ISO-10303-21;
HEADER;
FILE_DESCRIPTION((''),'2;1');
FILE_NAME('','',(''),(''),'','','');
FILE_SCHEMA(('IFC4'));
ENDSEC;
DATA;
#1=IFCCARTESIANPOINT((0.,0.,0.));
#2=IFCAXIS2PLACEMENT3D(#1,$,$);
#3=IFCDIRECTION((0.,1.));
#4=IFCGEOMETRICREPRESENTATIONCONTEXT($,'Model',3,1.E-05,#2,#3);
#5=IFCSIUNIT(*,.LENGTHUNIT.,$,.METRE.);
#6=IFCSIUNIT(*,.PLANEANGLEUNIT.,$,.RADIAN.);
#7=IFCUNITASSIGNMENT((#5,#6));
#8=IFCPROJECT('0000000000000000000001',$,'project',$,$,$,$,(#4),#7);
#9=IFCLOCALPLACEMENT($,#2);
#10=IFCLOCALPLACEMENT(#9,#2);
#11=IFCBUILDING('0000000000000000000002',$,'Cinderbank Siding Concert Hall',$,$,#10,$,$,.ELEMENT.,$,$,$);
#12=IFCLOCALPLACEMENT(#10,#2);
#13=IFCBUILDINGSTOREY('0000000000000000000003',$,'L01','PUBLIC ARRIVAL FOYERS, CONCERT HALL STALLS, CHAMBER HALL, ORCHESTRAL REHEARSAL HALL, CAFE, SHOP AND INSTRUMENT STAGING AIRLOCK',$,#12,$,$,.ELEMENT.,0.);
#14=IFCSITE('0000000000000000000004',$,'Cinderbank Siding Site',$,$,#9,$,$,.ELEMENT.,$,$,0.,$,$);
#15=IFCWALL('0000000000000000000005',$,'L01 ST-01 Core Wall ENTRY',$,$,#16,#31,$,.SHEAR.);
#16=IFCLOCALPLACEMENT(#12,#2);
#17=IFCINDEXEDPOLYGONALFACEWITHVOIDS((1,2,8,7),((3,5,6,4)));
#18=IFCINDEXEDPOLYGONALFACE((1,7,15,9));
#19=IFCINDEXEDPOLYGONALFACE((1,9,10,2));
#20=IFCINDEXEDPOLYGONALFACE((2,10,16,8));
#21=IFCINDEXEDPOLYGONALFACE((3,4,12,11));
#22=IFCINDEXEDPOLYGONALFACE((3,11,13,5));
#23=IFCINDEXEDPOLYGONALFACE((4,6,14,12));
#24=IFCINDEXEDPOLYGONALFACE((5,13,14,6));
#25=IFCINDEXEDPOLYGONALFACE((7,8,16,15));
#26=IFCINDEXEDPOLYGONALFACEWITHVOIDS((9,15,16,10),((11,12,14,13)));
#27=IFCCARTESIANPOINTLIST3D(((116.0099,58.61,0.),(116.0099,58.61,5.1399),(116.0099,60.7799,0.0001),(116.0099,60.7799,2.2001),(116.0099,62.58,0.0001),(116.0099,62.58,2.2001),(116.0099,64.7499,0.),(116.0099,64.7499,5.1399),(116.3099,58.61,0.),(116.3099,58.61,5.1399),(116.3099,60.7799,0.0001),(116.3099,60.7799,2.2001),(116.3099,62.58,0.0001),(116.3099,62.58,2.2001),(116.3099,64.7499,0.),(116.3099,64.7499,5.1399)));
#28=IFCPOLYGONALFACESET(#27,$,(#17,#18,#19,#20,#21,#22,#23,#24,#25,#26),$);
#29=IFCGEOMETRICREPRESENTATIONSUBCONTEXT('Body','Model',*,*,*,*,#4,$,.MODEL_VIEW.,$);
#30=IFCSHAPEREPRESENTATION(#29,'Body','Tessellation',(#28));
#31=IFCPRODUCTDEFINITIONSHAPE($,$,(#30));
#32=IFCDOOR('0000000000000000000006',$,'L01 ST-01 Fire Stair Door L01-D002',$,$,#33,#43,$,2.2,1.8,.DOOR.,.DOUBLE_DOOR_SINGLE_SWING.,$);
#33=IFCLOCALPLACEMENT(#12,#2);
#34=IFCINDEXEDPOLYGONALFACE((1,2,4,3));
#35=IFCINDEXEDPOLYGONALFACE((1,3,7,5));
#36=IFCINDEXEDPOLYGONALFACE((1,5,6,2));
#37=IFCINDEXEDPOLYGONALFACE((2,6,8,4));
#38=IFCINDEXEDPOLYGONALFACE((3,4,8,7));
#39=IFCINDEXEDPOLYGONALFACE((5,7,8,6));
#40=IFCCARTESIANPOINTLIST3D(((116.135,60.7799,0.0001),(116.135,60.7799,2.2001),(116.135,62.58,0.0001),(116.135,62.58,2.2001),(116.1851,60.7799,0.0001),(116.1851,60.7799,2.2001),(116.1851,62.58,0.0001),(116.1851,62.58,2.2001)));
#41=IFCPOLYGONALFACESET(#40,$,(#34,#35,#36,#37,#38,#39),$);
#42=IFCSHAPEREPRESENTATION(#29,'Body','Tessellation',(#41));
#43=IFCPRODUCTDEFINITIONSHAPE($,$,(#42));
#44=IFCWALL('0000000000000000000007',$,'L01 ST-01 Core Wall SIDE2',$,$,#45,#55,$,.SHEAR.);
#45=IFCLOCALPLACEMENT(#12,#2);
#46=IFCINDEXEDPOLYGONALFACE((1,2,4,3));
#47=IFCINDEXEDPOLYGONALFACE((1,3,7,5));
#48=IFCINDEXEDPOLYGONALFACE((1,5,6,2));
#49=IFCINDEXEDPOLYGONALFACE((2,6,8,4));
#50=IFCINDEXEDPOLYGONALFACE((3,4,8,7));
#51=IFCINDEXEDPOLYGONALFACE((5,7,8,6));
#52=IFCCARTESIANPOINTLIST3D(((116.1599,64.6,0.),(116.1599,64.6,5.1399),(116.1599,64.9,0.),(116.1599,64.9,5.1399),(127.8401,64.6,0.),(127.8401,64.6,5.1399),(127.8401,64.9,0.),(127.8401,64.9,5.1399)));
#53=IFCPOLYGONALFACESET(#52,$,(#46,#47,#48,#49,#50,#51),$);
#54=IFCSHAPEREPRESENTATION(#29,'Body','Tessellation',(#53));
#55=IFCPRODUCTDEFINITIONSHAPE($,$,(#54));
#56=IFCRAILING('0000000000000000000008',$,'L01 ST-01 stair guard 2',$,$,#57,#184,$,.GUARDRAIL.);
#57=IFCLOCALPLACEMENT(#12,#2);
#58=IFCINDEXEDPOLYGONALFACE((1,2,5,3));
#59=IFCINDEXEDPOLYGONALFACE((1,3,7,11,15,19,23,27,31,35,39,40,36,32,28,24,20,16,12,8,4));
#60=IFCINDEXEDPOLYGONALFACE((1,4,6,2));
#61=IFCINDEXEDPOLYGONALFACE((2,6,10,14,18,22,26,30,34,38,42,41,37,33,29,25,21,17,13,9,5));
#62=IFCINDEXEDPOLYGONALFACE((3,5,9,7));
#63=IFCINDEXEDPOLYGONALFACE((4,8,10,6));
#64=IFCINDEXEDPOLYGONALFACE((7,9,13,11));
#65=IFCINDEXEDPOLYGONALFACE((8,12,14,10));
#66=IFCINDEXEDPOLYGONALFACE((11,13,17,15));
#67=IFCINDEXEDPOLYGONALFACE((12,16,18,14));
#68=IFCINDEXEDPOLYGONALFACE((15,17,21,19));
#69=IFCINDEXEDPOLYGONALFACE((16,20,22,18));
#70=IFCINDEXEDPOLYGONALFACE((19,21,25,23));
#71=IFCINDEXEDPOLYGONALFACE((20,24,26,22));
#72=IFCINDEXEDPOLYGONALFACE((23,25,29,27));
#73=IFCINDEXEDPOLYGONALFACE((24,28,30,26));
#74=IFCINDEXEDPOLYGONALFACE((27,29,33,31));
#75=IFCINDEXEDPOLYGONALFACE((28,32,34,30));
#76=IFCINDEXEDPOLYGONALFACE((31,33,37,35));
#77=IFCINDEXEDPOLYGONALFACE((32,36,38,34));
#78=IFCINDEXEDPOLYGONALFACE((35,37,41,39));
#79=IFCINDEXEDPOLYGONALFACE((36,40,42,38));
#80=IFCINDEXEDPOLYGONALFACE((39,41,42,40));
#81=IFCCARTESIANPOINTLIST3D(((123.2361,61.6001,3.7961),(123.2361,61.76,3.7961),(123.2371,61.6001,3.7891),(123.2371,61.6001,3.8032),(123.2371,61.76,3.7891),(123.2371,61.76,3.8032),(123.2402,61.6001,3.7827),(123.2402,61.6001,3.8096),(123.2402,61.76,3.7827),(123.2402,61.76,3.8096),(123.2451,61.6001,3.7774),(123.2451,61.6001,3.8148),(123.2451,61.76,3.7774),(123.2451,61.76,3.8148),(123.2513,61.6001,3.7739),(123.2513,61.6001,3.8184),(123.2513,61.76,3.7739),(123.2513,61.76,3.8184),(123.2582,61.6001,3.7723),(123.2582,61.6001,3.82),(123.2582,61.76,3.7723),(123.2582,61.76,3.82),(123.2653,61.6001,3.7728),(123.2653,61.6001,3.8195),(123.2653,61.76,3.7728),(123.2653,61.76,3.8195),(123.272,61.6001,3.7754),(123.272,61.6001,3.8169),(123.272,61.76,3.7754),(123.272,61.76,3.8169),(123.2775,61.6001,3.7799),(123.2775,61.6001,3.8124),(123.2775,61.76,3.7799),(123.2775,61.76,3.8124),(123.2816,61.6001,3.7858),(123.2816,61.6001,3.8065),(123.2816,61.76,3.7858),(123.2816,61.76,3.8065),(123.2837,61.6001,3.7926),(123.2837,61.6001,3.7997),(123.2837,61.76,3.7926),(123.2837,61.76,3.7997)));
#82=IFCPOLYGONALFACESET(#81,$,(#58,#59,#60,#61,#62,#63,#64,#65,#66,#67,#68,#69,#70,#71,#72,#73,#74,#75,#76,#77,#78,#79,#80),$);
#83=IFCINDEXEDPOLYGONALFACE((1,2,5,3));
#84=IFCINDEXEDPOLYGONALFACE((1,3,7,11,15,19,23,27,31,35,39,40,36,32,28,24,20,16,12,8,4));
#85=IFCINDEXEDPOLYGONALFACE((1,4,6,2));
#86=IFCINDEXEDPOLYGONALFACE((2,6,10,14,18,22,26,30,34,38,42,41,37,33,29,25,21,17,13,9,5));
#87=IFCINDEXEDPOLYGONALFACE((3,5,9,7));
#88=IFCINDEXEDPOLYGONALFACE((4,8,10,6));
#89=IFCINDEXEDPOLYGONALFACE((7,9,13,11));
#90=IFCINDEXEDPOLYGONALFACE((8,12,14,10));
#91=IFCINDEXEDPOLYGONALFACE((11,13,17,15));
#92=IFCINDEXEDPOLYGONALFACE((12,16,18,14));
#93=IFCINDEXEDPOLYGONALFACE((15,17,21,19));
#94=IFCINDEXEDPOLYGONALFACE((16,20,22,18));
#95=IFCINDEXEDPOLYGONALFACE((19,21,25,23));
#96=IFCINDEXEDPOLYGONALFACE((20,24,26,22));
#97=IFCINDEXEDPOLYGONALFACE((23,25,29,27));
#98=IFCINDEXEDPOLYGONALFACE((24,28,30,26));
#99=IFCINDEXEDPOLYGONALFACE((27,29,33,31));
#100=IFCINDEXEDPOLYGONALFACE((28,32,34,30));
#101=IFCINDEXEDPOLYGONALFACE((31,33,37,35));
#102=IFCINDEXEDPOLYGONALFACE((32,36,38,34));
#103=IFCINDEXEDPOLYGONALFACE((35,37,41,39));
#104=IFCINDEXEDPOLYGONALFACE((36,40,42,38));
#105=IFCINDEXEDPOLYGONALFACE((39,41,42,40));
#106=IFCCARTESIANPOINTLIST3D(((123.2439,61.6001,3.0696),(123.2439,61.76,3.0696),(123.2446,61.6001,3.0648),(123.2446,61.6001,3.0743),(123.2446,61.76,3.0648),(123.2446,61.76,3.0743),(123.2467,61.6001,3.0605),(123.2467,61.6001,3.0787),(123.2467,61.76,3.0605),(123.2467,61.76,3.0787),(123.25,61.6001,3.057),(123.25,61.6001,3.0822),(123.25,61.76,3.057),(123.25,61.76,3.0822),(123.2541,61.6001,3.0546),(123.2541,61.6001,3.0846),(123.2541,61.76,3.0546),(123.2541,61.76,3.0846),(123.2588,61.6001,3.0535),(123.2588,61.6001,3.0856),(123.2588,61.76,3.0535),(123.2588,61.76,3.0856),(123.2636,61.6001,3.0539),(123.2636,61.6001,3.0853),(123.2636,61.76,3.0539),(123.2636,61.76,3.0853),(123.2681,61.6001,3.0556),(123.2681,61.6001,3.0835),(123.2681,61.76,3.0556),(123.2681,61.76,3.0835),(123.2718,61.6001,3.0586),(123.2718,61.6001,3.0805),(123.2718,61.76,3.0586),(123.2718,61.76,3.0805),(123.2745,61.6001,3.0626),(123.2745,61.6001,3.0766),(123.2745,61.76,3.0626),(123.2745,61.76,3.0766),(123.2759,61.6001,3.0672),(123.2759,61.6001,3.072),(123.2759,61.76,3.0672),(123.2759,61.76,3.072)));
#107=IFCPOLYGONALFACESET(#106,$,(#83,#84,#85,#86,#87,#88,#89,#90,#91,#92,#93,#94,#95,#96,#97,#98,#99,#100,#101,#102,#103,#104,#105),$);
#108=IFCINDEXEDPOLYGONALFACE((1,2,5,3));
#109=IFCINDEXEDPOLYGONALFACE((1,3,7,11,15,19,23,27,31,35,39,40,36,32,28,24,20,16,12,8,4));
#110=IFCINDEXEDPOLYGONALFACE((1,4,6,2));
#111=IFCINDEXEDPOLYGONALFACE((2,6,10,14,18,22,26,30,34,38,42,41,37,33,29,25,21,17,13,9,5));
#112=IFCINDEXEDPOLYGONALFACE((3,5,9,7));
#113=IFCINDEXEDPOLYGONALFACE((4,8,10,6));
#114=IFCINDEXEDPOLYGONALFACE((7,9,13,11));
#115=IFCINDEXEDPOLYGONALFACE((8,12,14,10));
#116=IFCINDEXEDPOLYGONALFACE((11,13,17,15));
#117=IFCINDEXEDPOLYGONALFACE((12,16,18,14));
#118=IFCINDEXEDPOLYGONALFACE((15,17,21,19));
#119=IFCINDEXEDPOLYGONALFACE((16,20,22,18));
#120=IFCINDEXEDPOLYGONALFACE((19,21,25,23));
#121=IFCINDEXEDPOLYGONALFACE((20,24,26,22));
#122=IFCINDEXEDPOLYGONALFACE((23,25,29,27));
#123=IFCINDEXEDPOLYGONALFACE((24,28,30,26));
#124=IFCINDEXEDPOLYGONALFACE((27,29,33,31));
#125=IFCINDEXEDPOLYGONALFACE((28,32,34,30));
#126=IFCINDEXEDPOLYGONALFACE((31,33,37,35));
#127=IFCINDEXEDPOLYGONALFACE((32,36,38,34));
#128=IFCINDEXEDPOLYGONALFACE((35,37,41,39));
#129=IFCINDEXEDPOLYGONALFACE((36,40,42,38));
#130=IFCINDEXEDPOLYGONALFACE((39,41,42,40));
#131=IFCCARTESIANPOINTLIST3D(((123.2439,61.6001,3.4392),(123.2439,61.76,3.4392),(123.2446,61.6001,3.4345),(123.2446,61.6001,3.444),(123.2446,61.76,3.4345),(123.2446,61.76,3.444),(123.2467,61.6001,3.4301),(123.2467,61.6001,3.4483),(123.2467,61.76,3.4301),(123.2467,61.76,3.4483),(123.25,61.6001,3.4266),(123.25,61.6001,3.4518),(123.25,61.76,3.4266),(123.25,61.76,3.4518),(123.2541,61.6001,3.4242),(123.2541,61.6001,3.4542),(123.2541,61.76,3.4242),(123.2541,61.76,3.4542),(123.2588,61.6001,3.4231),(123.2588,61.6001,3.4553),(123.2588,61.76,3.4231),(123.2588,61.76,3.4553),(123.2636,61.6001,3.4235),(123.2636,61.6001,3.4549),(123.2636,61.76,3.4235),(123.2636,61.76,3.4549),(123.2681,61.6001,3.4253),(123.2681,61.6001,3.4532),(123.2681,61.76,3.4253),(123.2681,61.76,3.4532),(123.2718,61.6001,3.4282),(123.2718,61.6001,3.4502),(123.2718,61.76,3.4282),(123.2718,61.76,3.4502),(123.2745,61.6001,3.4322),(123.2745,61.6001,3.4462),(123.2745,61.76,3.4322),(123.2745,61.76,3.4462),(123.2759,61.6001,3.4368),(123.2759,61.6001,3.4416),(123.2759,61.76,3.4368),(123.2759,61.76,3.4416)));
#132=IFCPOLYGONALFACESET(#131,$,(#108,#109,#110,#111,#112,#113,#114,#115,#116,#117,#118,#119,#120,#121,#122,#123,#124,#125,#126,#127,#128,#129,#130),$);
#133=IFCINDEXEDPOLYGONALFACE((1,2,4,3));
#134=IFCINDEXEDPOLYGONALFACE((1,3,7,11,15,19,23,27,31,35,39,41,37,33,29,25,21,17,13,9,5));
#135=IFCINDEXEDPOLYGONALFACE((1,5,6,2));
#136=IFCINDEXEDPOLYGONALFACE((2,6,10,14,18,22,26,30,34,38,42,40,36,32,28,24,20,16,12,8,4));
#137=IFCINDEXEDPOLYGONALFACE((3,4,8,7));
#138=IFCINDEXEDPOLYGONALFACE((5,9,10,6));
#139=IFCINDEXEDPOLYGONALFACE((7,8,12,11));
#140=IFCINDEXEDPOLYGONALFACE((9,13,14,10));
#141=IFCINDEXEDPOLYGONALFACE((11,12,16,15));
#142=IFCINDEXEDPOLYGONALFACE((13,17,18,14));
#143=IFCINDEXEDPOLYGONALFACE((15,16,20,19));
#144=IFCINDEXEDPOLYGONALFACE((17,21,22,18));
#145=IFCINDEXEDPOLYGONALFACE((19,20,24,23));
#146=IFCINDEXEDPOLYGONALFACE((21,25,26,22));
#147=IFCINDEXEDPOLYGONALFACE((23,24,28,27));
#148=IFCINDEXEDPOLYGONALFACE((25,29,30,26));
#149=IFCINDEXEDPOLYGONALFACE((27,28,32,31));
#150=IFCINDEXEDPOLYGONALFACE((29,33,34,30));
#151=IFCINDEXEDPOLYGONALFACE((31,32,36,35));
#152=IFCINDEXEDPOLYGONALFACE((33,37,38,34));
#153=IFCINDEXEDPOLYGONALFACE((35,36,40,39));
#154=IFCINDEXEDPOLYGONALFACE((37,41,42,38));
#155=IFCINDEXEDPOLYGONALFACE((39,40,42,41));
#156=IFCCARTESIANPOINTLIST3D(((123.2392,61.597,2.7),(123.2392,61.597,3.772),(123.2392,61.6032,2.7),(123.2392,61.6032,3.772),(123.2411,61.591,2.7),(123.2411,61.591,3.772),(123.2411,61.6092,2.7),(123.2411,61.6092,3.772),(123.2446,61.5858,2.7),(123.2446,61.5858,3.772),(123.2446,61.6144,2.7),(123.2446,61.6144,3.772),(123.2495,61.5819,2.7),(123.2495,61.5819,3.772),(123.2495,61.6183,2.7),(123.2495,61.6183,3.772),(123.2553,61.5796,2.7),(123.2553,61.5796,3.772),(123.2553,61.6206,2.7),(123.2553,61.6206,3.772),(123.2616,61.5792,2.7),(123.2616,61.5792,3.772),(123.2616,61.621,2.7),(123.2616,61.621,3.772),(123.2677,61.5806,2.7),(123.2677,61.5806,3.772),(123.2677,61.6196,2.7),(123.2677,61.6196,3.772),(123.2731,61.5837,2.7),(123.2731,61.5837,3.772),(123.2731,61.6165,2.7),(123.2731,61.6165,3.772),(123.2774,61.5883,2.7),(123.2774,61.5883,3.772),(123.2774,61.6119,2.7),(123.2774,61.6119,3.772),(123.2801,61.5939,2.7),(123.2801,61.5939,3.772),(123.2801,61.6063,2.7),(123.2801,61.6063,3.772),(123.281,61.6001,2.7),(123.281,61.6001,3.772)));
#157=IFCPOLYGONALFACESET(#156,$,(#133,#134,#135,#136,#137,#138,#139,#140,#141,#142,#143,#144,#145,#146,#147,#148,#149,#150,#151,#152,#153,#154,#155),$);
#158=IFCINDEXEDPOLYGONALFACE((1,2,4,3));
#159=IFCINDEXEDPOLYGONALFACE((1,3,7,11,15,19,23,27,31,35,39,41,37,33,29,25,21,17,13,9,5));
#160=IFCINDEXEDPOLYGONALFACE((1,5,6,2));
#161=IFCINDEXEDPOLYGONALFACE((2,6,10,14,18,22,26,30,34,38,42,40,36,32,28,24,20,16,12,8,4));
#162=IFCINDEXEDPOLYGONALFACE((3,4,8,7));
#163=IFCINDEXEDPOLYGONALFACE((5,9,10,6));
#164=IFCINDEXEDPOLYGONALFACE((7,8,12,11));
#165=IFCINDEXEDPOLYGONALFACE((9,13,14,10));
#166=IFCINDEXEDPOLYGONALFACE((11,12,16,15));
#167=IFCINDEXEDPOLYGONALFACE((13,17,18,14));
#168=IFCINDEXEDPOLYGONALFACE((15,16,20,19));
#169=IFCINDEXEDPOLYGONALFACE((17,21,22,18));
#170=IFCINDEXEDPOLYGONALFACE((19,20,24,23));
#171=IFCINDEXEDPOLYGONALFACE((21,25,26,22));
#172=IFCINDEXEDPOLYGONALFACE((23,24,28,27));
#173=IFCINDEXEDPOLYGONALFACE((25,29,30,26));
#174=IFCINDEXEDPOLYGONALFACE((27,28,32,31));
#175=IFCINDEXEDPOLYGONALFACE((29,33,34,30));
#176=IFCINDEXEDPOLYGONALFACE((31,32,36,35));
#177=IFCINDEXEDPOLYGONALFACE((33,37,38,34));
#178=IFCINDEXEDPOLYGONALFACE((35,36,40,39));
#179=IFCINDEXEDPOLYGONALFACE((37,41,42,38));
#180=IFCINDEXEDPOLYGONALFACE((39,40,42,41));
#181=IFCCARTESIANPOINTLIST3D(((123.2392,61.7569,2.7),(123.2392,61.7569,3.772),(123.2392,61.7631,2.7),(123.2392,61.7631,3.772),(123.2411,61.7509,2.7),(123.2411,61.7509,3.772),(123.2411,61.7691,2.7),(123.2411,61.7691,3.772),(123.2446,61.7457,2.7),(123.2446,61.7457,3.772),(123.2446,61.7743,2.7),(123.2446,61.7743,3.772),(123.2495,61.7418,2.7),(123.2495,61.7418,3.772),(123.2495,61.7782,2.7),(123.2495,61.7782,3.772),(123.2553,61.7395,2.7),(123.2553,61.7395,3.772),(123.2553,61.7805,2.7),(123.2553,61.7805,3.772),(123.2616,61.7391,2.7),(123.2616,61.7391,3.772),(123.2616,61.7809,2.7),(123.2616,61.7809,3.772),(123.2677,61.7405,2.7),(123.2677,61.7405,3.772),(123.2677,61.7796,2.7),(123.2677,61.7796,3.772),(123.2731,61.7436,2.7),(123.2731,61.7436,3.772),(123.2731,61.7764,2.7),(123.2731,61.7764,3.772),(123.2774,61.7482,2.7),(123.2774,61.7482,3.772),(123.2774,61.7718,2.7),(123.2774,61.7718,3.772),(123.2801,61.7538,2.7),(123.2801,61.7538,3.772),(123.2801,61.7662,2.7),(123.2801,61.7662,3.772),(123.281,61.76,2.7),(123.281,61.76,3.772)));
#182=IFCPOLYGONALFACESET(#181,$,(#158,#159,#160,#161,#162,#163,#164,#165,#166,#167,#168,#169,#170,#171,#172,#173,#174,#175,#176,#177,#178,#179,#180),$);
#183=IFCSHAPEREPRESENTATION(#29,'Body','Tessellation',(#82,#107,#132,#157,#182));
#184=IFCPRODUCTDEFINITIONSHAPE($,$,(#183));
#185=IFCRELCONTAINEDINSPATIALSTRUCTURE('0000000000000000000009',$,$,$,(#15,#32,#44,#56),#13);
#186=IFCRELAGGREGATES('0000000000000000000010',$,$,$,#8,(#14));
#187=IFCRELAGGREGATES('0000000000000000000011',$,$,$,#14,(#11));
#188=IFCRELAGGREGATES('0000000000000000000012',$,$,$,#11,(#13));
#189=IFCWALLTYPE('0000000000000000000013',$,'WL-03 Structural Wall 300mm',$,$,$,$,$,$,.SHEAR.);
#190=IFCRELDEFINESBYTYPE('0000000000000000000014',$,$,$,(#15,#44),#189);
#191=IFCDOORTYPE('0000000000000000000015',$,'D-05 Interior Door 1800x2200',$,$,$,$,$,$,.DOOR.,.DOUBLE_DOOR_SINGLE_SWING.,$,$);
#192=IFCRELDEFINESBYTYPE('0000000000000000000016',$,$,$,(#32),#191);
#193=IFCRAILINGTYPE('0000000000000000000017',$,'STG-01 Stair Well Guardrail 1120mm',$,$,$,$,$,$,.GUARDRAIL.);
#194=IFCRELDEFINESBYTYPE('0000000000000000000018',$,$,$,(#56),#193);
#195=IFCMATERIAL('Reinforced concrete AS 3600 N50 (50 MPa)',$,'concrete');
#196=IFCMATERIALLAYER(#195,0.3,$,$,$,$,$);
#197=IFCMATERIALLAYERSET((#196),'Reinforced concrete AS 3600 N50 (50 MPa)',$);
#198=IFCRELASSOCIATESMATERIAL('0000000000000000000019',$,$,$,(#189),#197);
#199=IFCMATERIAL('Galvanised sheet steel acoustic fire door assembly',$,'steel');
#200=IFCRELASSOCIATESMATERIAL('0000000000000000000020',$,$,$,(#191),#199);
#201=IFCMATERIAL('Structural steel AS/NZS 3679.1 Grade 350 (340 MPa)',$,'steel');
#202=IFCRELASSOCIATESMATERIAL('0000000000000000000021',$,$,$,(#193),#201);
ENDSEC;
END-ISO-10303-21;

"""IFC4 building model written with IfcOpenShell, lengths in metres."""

from ifc_helpers import new_model, si_unit, direction, frame, frame_2d, origin, origin_2d, place, context, subcontext, project, spatial, rectangle, circle, extrude, material, layer, layer_set, type_object, element, fill, save


model = new_model("IFC4")

# Units and contexts
model_context = context("Model", 3, precision=1e-05, world=origin(), true_north=direction((0.0, 1.0)))
body_context = subcontext(model_context, "Body", "Model", "MODEL_VIEW")
ifc_project = project(units=[si_unit("LENGTHUNIT", "METRE"), si_unit("PLANEANGLEUNIT", "RADIAN")], contexts=[model_context])

# Site, building, storey
site_placement = place(None, origin())
site = spatial("IfcSite", under=ifc_project, at=site_placement, Name="Cinderbank Siding Site", CompositionType="ELEMENT", RefElevation=0.0)
building_placement = place(site_placement, origin())
building = spatial("IfcBuilding", under=site, at=building_placement, Name="Cinderbank Siding Concert Hall", CompositionType="ELEMENT")
storey_placement = place(building_placement, origin())
storey = spatial("IfcBuildingStorey", under=building, at=storey_placement, Name="L01", Description="PUBLIC ARRIVAL FOYERS, CONCERT HALL STALLS, CHAMBER HALL, ORCHESTRAL REHEARSAL HALL, CAFE, SHOP AND INSTRUMENT STAGING AIRLOCK", CompositionType="ELEMENT", Elevation=0.0)

# Shared definitions
ifc_material_1 = material(Name="Reinforced concrete AS 3600 N50 (50 MPa)", Category="concrete")

# Shared definitions
ifc_material_2 = material(Name="Structural steel AS/NZS 3679.1 Grade 350 (340 MPa)", Category="steel")

# Wall, opening, door
ifc_layer_1 = layer(ifc_material_1, 0.3)
ifc_layer_set_1 = layer_set([ifc_layer_1], Name="Reinforced concrete AS 3600 N50 (50 MPa)")
wall_type_1 = type_object("IfcWallType", Name="WL-03 Structural Wall 300mm", PredefinedType="SHEAR", material=ifc_layer_set_1)
wall_1_placement = place(storey_placement, frame((116.1599, 58.6101, 0.0), z_axis=(0.0, 0.0, 1.0), x_axis=(0.0, 1.0, 0.0)))
wall_1 = element("IfcWall", 1, at=wall_1_placement, inside=storey, type_object=wall_type_1, Name="L01 ST-01 Core Wall ENTRY", PredefinedType="SHEAR", context=body_context, shape_type="SweptSolid", body=[
    extrude(rectangle(XDim=6.1399, YDim=0.3, at=frame_2d((3.0698, 0.0))), origin(), (0.0, 0.0, 1.0), 5.1399),
])
opening_placement = place(wall_1_placement, frame((2.1699, 0.0, 0.0)))
opening = element("IfcOpeningElement", 2, at=opening_placement, cuts=wall_1, PredefinedType="OPENING", context=body_context, shape_type="SweptSolid", body=[
    extrude(rectangle(XDim=1.8, YDim=2.2, at=frame_2d((0.8999, 1.1001))), frame((0.0, 0.1621, 0.0), z_axis=(0.0, -1.0, 0.0), x_axis=(1.0, 0.0, 0.0)), (0.0, 0.0, 1.0), 0.324),
])
ifc_material_3 = material(Name="Galvanised sheet steel acoustic fire door assembly", Category="steel")
door_type = type_object("IfcDoorType", Name="D-05 Interior Door 1800x2200", OperationType="DOUBLE_DOOR_SINGLE_SWING", PredefinedType="DOOR", material=ifc_material_3)
door_placement = place(opening_placement, origin())
door = element("IfcDoor", 3, at=door_placement, inside=storey, type_object=door_type, Name="L01 ST-01 Fire Stair Door L01-D002", OperationType="DOUBLE_DOOR_SINGLE_SWING", OverallHeight=2.2, OverallWidth=1.8, PredefinedType="DOOR", context=body_context, shape_type="SweptSolid", body=[
    extrude(rectangle(XDim=1.8, YDim=2.2, at=frame_2d((0.8999, 1.1001))), frame((0.0, 0.0249, 0.0), z_axis=(0.0, -1.0, 0.0), x_axis=(1.0, 0.0, 0.0)), (0.0, 0.0, 1.0), 0.05),
])
fill(opening, door)

# Wall
wall_2_placement = place(storey_placement, frame((116.1599, 64.75, 0.0), z_axis=(0.0, 0.0, 1.0), x_axis=(1.0, 0.0, 0.0)))
element("IfcWall", 4, at=wall_2_placement, inside=storey, type_object=wall_type_1, Name="L01 ST-01 Core Wall SIDE2", PredefinedType="SHEAR", context=body_context, shape_type="SweptSolid", body=[
    extrude(rectangle(XDim=11.6802, YDim=0.3, at=frame_2d((5.8401, 0.0))), origin(), (0.0, 0.0, 1.0), 5.1399),
])

# Railing
railing_type_1 = type_object("IfcRailingType", Name="STG-01 Stair Well Guardrail 1120mm", PredefinedType="GUARDRAIL", material=ifc_material_2)
railing_1_placement = place(storey_placement, frame((123.26, 61.6001, 2.7)))
element("IfcRailing", 5, at=railing_1_placement, inside=storey, type_object=railing_type_1, Name="L01 ST-01 stair guard 2", PredefinedType="GUARDRAIL", context=body_context, shape_type="SweptSolid", body=[
    extrude(circle(Radius=0.0239, at=origin_2d()), frame((0.0, 0.0, 1.0962), z_axis=(0.0, 1.0, 0.0), x_axis=(-1.0, 0.0, 0.0)), (0.0, 0.0, 1.0), 0.1599),
    extrude(circle(Radius=0.0161, at=origin_2d()), frame((0.0, 0.0, 0.3696), z_axis=(0.0, 1.0, 0.0), x_axis=(-1.0, 0.0, 0.0)), (0.0, 0.0, 1.0), 0.1599),
    extrude(circle(Radius=0.0161, at=origin_2d()), frame((0.0, 0.0, 0.7393), z_axis=(0.0, 1.0, 0.0), x_axis=(-1.0, 0.0, 0.0)), (0.0, 0.0, 1.0), 0.1599),
    extrude(circle(Radius=0.021, at=origin_2d()), origin(), (0.0, 0.0, 1.0), 1.072),
    extrude(circle(Radius=0.021, at=origin_2d()), frame((0.0, 0.1599, 0.0)), (0.0, 0.0, 1.0), 1.072),
])

save(model, "model.ifc")
